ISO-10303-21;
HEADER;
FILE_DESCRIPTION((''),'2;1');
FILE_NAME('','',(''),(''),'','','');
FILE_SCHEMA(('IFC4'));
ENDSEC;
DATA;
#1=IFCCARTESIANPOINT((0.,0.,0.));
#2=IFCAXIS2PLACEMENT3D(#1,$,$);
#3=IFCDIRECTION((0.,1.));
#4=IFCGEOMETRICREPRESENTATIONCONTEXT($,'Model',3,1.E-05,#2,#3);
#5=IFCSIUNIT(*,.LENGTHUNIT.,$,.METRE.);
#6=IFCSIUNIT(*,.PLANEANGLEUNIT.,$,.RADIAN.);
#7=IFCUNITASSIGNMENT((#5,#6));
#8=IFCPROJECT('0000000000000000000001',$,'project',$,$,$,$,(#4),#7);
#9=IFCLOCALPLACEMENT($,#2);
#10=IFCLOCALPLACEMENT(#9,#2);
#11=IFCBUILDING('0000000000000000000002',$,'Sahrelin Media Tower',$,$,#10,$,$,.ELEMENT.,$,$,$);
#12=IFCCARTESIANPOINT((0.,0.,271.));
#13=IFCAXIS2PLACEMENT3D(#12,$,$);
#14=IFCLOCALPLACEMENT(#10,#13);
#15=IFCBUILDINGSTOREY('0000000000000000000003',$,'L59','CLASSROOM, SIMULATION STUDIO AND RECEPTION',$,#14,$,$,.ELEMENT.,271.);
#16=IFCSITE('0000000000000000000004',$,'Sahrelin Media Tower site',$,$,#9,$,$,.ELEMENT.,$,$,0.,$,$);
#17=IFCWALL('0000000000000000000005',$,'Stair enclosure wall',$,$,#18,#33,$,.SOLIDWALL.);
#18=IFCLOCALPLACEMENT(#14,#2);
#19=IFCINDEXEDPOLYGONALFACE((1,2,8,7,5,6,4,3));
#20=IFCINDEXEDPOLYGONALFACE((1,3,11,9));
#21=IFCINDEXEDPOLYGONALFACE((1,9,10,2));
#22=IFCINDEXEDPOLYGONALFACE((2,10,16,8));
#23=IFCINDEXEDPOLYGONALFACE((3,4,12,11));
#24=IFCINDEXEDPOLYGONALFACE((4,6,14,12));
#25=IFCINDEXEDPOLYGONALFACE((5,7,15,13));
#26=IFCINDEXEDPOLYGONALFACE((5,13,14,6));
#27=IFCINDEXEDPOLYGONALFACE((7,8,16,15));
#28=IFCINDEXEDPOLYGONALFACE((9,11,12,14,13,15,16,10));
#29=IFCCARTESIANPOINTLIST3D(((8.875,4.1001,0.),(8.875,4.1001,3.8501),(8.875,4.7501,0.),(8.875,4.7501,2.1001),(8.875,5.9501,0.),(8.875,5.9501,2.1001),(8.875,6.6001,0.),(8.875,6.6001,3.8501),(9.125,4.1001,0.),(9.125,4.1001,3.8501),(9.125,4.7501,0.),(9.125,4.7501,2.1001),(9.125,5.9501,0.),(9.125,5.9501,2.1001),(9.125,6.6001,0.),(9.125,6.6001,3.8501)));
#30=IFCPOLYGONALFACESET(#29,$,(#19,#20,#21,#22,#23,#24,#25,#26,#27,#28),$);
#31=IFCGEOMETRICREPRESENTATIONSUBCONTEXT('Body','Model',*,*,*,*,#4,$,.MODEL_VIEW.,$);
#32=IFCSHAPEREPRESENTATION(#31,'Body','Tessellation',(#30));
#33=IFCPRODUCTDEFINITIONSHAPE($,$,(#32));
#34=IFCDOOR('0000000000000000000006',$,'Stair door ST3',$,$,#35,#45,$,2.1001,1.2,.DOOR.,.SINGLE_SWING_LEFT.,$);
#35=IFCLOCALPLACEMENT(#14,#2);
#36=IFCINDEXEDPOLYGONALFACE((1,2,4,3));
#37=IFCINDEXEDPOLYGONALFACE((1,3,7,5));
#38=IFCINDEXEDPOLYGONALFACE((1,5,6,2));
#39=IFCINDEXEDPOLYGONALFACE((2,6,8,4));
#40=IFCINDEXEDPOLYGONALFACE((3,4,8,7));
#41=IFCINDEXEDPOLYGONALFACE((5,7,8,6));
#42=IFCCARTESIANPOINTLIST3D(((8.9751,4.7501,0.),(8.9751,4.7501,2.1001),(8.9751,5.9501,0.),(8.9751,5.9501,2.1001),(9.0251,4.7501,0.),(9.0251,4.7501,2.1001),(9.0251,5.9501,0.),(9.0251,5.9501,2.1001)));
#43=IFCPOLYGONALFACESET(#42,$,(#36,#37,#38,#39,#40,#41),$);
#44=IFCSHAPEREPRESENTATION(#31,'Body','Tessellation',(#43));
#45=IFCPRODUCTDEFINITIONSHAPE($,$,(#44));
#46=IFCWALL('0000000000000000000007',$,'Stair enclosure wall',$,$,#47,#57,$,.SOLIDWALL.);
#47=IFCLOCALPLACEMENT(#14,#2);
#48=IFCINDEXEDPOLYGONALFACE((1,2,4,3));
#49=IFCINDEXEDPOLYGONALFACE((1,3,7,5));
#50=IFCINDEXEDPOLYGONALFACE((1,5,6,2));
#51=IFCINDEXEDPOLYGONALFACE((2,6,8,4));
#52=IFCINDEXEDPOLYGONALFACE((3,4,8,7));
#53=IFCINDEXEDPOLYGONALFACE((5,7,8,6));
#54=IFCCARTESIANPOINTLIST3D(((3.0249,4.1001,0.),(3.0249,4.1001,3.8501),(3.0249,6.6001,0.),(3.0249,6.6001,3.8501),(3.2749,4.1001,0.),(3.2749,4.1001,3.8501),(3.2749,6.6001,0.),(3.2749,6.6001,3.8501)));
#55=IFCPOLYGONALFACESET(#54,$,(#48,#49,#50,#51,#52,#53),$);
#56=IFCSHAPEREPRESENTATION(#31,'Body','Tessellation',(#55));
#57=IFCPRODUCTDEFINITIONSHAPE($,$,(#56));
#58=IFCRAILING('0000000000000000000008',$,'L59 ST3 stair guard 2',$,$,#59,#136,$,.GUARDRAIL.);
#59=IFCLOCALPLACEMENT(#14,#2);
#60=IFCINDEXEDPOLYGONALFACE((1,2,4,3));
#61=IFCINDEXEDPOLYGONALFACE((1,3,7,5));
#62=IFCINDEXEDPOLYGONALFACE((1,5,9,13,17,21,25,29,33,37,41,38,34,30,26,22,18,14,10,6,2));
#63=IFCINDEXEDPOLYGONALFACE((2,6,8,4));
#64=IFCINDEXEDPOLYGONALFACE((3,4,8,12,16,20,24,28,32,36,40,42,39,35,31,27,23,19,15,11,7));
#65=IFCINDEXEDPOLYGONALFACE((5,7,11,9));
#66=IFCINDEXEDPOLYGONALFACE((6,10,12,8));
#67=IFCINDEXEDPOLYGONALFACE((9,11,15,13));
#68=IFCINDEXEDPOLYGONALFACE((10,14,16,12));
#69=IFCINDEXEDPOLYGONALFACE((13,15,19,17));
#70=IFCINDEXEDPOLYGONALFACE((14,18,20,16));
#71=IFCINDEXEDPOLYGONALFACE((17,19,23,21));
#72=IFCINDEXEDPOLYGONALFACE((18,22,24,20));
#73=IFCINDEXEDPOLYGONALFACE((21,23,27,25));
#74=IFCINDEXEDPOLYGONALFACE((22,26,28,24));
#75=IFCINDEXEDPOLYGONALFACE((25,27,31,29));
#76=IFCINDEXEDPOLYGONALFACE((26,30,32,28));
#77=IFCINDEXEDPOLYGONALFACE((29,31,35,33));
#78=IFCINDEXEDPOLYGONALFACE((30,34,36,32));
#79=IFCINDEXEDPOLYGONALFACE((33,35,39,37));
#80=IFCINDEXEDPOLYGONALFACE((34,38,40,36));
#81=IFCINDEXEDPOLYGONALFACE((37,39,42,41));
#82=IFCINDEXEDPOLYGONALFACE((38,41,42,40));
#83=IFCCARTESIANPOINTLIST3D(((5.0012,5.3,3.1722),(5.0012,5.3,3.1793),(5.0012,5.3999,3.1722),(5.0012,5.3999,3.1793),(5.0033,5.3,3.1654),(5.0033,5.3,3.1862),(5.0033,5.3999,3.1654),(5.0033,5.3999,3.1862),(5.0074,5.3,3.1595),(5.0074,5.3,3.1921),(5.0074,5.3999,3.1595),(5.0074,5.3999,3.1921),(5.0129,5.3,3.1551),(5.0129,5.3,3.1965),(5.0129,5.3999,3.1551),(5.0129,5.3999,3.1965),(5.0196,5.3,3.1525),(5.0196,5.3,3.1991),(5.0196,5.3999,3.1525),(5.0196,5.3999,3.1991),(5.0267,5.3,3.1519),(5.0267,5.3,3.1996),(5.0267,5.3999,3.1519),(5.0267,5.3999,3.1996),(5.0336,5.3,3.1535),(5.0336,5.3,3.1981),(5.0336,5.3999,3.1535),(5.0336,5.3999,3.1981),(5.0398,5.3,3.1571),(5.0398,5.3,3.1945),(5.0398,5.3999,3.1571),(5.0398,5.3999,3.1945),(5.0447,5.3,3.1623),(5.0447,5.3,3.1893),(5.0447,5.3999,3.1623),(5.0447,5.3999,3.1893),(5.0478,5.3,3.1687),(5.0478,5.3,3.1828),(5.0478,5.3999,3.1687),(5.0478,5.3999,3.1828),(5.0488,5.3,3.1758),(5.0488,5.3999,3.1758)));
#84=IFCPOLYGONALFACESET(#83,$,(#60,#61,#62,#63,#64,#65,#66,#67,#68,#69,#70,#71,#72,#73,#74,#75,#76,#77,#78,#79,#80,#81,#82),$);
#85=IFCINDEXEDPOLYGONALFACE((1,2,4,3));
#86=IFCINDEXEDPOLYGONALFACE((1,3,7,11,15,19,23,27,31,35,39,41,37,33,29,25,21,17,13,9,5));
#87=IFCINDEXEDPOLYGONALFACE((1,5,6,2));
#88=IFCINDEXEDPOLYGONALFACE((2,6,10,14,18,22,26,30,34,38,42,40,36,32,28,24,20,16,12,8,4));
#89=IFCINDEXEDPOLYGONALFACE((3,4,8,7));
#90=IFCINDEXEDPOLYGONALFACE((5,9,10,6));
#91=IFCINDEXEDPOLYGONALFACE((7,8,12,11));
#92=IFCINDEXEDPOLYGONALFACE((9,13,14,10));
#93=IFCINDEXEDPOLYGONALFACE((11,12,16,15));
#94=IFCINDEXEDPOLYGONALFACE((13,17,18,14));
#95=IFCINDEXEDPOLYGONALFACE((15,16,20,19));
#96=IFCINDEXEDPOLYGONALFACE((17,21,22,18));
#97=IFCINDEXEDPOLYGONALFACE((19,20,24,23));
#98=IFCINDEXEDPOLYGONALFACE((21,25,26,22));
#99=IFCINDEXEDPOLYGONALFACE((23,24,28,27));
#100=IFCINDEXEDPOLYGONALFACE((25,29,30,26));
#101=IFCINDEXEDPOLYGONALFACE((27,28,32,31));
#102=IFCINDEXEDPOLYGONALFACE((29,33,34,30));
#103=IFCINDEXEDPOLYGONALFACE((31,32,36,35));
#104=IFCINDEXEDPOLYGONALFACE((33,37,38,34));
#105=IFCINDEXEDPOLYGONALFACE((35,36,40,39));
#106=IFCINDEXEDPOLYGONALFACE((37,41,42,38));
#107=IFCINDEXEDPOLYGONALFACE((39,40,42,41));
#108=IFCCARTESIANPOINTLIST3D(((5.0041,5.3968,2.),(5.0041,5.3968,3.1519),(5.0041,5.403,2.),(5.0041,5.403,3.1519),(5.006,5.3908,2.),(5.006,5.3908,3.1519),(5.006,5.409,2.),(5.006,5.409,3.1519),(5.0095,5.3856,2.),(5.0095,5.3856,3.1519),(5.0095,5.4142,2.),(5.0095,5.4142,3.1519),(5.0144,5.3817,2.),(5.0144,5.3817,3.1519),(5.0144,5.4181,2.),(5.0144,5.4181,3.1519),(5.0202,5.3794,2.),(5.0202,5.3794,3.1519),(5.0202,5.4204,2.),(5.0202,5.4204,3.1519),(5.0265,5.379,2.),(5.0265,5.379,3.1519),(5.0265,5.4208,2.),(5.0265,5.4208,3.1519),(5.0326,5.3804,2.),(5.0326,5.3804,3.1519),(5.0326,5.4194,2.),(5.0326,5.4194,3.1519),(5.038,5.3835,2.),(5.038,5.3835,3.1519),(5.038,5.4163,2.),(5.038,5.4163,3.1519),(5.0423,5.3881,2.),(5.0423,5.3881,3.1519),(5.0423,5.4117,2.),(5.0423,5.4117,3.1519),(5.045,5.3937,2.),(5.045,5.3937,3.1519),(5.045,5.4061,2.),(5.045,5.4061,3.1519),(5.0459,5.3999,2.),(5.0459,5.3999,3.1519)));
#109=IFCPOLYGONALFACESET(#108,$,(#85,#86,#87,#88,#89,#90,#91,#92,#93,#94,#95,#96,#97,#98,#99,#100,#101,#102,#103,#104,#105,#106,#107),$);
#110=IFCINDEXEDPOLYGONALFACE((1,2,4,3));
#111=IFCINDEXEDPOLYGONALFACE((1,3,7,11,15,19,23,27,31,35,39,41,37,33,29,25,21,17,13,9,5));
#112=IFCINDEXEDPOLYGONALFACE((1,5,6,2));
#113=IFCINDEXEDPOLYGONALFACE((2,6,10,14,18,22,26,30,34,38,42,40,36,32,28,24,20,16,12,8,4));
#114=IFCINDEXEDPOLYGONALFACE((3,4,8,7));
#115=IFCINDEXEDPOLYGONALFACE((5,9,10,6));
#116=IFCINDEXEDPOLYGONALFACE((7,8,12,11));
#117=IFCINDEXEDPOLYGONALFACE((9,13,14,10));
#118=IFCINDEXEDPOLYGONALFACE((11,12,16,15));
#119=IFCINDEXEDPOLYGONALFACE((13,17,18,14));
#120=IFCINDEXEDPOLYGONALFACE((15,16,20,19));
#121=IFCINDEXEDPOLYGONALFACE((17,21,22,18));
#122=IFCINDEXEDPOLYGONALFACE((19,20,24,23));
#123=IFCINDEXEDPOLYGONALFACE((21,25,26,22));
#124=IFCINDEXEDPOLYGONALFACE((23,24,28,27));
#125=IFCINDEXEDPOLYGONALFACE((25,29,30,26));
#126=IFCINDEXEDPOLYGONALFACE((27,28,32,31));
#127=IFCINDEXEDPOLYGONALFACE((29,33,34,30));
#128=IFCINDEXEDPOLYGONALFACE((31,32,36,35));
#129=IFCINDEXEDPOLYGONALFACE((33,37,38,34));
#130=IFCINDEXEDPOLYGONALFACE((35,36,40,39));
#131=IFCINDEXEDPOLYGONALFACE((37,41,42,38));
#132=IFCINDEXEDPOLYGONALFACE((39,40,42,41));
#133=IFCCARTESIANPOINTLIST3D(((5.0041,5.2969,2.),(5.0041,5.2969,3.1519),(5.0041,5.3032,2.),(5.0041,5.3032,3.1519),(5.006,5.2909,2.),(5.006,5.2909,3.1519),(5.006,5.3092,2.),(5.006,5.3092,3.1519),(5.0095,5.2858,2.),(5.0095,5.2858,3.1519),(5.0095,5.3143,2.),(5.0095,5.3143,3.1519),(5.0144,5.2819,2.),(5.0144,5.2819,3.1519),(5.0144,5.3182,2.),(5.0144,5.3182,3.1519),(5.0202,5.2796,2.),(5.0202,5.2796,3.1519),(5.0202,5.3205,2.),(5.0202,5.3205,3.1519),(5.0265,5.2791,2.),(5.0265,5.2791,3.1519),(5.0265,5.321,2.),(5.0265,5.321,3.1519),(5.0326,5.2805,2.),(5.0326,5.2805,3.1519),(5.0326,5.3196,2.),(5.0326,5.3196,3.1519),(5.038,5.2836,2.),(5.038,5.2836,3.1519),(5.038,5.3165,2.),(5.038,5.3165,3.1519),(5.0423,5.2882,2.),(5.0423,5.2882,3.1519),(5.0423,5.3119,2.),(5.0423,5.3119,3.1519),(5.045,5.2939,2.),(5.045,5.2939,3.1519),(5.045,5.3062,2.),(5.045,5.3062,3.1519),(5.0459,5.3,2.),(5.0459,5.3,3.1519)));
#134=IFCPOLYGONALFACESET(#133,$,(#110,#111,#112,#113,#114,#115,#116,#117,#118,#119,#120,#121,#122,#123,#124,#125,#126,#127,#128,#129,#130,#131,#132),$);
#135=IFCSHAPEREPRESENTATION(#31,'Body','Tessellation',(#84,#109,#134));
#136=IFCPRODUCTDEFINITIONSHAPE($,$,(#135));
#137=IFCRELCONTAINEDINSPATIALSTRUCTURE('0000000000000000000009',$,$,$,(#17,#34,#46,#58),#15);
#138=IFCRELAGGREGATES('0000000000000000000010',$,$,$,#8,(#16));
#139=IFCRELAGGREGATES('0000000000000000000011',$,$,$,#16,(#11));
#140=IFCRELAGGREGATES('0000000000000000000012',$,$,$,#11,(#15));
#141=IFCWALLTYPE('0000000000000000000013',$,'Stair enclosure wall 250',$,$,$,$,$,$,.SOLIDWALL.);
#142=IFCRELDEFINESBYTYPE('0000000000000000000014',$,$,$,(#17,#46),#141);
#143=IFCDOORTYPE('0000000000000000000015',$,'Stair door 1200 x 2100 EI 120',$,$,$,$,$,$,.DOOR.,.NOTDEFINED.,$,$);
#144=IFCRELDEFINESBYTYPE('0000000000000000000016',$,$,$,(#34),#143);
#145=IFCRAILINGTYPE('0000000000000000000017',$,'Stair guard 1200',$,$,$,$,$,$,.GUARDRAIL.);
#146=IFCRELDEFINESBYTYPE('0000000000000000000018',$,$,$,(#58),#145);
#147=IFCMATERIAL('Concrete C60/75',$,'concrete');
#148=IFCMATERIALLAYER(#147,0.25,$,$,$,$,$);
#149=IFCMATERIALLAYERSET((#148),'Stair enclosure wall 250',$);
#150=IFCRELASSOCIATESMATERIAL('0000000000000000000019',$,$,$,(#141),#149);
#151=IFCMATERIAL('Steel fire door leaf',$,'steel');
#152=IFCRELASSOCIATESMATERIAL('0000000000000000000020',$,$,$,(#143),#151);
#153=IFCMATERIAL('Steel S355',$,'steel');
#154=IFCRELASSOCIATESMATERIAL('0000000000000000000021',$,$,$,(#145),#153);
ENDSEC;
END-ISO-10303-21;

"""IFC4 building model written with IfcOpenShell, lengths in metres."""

from ifc_helpers import new_model, si_unit, direction, frame, frame_2d, origin, origin_2d, place, context, subcontext, project, spatial, rectangle, circle, extrude, material, layer, layer_set, type_object, element, fill, save


model = new_model("IFC4")

# Units and contexts
model_context = context("Model", 3, precision=1e-05, world=origin(), true_north=direction((0.0, 1.0)))
body_context = subcontext(model_context, "Body", "Model", "MODEL_VIEW")
ifc_project = project(units=[si_unit("LENGTHUNIT", "METRE"), si_unit("PLANEANGLEUNIT", "RADIAN")], contexts=[model_context])

# Site, building, storey
site_placement = place(None, origin())
site = spatial("IfcSite", under=ifc_project, at=site_placement, Name="Sahrelin Media Tower site", CompositionType="ELEMENT", RefElevation=0.0)
building_placement = place(site_placement, origin())
building = spatial("IfcBuilding", under=site, at=building_placement, Name="Sahrelin Media Tower", CompositionType="ELEMENT")
storey_placement = place(building_placement, frame((0.0, 0.0, 271.0)))
storey = spatial("IfcBuildingStorey", under=building, at=storey_placement, Name="L59", Description="CLASSROOM, SIMULATION STUDIO AND RECEPTION", CompositionType="ELEMENT", Elevation=271.0)

# Shared definitions
ifc_material_1 = material(Name="Steel S355", Category="steel")

# Shared definitions
ifc_material_2 = material(Name="Concrete C60/75", Category="concrete")

# Wall, opening, door
ifc_layer_1 = layer(ifc_material_2, 0.25)
ifc_layer_set_1 = layer_set([ifc_layer_1], Name="Stair enclosure wall 250")
wall_type_1 = type_object("IfcWallType", Name="Stair enclosure wall 250", PredefinedType="SOLIDWALL", material=ifc_layer_set_1)
wall_1_placement = place(storey_placement, frame((9.0, 4.1001, 0.0), z_axis=(0.0, 0.0, 1.0), x_axis=(0.0, 1.0, 0.0)))
wall_1 = element("IfcWall", 1, at=wall_1_placement, inside=storey, type_object=wall_type_1, Name="Stair enclosure wall", PredefinedType="SOLIDWALL", context=body_context, shape_type="SweptSolid", body=[
    extrude(rectangle(XDim=2.5, YDim=0.25, at=frame_2d((1.25, 0.0))), origin(), (0.0, 0.0, 1.0), 3.8501),
])
opening_1_placement = place(wall_1_placement, frame((0.6499, 0.0, 0.0)))
opening_1 = element("IfcOpeningElement", 2, at=opening_1_placement, cuts=wall_1, PredefinedType="OPENING", context=body_context, shape_type="SweptSolid", body=[
    extrude(rectangle(XDim=1.2, YDim=2.1001, at=frame_2d((0.6001, 1.05))), frame((0.0, 0.125, 0.0), z_axis=(0.0, -1.0, 0.0), x_axis=(1.0, 0.0, 0.0)), (0.0, 0.0, 1.0), 0.25),
])
ifc_material_3 = material(Name="Steel fire door leaf", Category="steel")
door_type_1 = type_object("IfcDoorType", Name="Stair door 1200 x 2100 EI 120", OperationType="NOTDEFINED", PredefinedType="DOOR", material=ifc_material_3)
door_1_placement = place(opening_1_placement, origin())
door_1 = element("IfcDoor", 3, at=door_1_placement, inside=storey, type_object=door_type_1, Name="Stair door ST3", OperationType="SINGLE_SWING_LEFT", OverallHeight=2.1001, OverallWidth=1.2, PredefinedType="DOOR", context=body_context, shape_type="SweptSolid", body=[
    extrude(rectangle(XDim=1.2, YDim=2.1001, at=frame_2d((0.6001, 1.05))), frame((0.0, 0.0249, 0.0), z_axis=(0.0, -1.0, 0.0), x_axis=(1.0, 0.0, 0.0)), (0.0, 0.0, 1.0), 0.05),
])
fill(opening_1, door_1)

# Wall
wall_2_placement = place(storey_placement, frame((3.1499, 4.1001, 0.0), z_axis=(0.0, 0.0, 1.0), x_axis=(0.0, 1.0, 0.0)))
element("IfcWall", 4, at=wall_2_placement, inside=storey, type_object=wall_type_1, Name="Stair enclosure wall", PredefinedType="SOLIDWALL", context=body_context, shape_type="SweptSolid", body=[
    extrude(rectangle(XDim=2.5, YDim=0.25, at=frame_2d((1.25, 0.0))), origin(), (0.0, 0.0, 1.0), 3.8501),
])

# Railing
railing_type_1 = type_object("IfcRailingType", Name="Stair guard 1200", PredefinedType="GUARDRAIL", material=ifc_material_1)
railing_1_placement = place(storey_placement, frame((5.0249, 5.3999, 2.0)))
element("IfcRailing", 5, at=railing_1_placement, inside=storey, type_object=railing_type_1, Name="L59 ST3 stair guard 2", PredefinedType="GUARDRAIL", context=body_context, shape_type="SweptSolid", body=[
    extrude(circle(Radius=0.0239, at=origin_2d()), frame((0.0, 0.0, 1.1758), z_axis=(0.0, -1.0, 0.0), x_axis=(1.0, 0.0, 0.0)), (0.0, 0.0, 1.0), 0.0999),
    extrude(circle(Radius=0.021, at=origin_2d()), origin(), (0.0, 0.0, 1.0), 1.1519),
    extrude(circle(Radius=0.021, at=origin_2d()), frame((0.0, -0.0999, 0.0)), (0.0, 0.0, 1.0), 1.1519),
])

save(model, "model.ifc")
